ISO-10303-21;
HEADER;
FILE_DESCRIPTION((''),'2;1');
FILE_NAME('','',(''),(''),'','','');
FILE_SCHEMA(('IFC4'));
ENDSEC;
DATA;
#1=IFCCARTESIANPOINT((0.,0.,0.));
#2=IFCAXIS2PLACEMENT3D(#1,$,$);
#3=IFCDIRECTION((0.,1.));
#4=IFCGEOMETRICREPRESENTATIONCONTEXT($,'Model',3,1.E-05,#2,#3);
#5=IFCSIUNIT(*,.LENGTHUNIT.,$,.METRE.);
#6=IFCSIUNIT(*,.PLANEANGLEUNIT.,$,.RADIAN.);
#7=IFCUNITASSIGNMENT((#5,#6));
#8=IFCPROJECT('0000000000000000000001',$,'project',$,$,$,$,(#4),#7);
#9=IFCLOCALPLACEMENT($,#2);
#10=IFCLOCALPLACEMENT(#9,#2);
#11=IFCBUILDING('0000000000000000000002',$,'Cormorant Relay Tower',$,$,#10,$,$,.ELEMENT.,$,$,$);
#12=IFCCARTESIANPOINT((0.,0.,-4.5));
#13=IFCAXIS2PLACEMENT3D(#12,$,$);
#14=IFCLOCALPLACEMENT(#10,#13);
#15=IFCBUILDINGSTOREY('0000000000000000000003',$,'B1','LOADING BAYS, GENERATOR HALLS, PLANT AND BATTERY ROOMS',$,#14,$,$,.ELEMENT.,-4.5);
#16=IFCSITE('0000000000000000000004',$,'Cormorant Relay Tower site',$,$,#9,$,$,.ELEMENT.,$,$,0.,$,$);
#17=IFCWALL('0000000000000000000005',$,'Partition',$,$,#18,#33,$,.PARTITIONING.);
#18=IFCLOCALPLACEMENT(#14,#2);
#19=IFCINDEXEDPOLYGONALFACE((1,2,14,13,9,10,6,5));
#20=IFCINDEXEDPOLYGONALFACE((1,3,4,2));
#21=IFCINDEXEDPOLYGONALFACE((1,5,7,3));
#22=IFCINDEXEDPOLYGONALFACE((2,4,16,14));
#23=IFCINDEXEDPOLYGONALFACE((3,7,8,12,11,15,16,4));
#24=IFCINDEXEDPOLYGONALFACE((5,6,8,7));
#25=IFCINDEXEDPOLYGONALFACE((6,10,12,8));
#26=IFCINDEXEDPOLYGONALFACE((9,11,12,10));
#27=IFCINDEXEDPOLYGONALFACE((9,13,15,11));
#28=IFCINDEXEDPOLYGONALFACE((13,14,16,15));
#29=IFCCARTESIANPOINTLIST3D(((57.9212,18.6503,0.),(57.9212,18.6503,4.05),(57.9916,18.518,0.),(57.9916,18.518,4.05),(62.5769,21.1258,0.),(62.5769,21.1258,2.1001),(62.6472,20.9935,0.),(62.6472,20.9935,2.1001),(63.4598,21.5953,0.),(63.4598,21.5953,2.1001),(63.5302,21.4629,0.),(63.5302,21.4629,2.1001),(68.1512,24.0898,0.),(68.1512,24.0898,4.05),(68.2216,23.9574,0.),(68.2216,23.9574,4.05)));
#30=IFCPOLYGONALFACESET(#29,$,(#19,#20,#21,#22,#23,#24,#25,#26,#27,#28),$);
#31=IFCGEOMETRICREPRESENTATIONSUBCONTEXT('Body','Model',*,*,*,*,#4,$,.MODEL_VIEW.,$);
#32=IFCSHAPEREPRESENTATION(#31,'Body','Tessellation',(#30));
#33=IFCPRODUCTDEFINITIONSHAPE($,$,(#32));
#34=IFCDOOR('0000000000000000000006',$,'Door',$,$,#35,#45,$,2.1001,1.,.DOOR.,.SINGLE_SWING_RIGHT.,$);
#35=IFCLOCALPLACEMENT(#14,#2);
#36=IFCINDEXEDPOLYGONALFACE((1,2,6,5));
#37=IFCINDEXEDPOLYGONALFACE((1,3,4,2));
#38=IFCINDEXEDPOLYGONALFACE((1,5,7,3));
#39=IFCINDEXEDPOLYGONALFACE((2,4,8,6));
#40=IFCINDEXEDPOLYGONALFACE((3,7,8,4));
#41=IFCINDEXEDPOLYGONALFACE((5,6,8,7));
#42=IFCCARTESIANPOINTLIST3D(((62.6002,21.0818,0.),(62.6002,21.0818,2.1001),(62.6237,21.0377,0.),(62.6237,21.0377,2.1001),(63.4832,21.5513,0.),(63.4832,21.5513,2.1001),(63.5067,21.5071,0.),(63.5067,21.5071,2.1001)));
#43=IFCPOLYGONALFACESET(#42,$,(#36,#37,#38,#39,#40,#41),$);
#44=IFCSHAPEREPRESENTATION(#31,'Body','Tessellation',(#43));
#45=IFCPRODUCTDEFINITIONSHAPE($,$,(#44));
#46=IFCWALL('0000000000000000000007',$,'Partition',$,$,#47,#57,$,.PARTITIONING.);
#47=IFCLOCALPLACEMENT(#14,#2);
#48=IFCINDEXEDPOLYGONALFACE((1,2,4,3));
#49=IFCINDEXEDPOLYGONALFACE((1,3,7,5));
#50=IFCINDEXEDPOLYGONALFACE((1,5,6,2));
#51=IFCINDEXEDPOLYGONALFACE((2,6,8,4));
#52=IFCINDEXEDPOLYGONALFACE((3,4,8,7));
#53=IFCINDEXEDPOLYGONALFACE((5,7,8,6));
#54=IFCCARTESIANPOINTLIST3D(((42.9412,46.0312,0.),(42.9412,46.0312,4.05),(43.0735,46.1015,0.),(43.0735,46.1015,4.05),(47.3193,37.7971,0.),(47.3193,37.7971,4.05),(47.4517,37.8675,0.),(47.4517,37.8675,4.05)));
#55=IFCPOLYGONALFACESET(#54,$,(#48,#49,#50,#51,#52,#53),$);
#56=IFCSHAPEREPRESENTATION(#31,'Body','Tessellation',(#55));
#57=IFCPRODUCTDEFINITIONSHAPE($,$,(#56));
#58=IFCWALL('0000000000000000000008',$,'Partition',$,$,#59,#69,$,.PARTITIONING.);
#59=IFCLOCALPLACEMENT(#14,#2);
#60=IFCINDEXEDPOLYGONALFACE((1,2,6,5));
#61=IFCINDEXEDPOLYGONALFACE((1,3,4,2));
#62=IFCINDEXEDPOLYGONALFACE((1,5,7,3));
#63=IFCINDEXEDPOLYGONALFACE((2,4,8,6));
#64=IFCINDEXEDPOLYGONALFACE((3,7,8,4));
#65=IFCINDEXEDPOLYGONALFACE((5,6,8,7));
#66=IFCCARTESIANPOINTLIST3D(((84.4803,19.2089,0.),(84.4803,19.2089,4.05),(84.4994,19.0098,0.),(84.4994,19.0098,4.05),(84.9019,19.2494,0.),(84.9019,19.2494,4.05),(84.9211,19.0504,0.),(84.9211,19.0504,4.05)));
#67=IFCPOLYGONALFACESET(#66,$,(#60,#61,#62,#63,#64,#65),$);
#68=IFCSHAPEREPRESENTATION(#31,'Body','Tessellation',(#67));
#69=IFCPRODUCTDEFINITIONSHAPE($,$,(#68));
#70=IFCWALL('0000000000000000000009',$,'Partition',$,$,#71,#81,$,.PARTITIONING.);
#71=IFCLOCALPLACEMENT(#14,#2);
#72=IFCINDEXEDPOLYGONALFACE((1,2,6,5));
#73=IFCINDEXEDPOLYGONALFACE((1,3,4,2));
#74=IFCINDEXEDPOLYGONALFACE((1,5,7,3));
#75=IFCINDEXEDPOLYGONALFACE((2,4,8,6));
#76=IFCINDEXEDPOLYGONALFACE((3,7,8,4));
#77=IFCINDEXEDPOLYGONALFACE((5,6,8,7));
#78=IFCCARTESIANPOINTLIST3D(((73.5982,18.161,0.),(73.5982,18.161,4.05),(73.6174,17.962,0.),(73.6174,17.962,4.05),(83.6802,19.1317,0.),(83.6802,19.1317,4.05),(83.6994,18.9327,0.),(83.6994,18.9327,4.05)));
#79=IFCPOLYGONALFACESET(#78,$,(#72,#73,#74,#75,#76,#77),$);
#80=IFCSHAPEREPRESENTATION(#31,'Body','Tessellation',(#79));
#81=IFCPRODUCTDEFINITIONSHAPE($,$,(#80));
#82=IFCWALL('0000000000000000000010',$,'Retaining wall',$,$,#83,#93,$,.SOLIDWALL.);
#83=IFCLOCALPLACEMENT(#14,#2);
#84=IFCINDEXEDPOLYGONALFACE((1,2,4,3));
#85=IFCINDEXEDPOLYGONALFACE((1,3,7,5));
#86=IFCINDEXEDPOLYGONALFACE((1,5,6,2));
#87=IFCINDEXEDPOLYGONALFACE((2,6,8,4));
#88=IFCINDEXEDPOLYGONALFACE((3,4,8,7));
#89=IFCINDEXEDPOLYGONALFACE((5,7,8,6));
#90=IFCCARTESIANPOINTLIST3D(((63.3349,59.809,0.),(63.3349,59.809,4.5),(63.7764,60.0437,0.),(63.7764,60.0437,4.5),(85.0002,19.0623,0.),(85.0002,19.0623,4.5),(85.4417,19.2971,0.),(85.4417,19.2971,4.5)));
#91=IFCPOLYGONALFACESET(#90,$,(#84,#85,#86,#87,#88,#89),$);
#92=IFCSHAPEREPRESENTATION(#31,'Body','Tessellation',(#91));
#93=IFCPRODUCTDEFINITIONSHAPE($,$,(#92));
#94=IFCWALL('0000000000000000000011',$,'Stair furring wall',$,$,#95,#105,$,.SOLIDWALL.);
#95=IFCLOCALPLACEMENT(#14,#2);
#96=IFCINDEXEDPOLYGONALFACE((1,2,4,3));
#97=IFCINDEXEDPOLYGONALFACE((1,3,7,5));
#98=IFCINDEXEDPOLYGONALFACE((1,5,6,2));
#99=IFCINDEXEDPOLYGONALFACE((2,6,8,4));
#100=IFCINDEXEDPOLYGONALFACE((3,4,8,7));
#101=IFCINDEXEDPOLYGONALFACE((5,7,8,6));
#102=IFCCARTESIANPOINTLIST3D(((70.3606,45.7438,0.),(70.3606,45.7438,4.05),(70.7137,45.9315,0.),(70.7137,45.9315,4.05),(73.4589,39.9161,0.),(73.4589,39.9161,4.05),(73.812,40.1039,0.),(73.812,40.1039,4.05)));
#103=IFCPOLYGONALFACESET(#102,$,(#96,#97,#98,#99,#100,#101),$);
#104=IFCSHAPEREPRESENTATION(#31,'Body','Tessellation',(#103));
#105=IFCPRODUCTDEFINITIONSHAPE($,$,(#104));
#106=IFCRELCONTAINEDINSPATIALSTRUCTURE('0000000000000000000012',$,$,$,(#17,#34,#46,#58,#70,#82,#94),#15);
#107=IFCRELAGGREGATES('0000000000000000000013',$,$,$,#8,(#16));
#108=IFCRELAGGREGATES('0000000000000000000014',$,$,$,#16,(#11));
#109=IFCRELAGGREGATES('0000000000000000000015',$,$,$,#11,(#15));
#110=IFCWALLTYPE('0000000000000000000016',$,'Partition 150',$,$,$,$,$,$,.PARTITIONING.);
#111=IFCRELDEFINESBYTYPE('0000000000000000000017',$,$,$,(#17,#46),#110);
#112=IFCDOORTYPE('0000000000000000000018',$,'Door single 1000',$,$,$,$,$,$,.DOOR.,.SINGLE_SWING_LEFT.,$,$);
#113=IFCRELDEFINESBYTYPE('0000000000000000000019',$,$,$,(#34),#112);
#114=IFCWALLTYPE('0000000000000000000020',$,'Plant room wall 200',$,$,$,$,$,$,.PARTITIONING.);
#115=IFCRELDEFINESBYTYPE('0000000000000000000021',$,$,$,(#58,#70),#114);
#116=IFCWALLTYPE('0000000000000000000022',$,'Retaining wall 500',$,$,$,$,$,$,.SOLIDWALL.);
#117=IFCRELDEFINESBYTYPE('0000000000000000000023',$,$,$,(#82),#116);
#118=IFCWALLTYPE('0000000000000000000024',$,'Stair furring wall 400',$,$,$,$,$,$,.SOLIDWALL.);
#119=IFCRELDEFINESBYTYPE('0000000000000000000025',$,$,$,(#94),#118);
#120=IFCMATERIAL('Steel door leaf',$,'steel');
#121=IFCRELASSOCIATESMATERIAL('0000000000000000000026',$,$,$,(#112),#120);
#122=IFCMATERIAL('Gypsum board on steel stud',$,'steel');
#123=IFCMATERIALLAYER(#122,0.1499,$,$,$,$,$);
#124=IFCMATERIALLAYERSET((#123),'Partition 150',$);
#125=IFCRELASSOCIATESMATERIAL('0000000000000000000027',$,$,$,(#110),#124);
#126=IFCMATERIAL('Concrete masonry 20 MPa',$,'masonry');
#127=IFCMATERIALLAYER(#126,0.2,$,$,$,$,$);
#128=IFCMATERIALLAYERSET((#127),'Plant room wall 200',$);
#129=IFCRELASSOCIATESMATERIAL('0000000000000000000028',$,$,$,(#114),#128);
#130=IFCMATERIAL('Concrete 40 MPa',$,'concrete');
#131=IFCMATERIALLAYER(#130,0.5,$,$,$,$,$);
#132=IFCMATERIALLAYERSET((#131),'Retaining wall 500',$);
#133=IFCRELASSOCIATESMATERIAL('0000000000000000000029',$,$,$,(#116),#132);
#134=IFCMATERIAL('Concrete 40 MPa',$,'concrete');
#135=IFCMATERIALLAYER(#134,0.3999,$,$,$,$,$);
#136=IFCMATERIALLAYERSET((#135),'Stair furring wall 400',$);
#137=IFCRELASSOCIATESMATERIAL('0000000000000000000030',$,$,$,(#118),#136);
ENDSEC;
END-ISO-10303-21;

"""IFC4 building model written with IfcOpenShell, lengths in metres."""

from ifc_helpers import new_model, si_unit, direction, frame, frame_2d, origin, place, context, subcontext, project, spatial, rectangle, extrude, material, layer, layer_set, type_object, element, fill, save


model = new_model("IFC4")

# Units and contexts
model_context = context("Model", 3, precision=1e-05, world=origin(), true_north=direction((0.0, 1.0)))
body_context = subcontext(model_context, "Body", "Model", "MODEL_VIEW")
ifc_project = project(units=[si_unit("LENGTHUNIT", "METRE"), si_unit("PLANEANGLEUNIT", "RADIAN")], contexts=[model_context])

# Site, building, storey
site_placement = place(None, origin())
site = spatial("IfcSite", under=ifc_project, at=site_placement, Name="Cormorant Relay Tower site", CompositionType="ELEMENT", RefElevation=0.0)
building_placement = place(site_placement, origin())
building = spatial("IfcBuilding", under=site, at=building_placement, Name="Cormorant Relay Tower", CompositionType="ELEMENT")
storey_placement = place(building_placement, frame((0.0, 0.0, -4.5)))
storey = spatial("IfcBuildingStorey", under=building, at=storey_placement, Name="B1", Description="LOADING BAYS, GENERATOR HALLS, PLANT AND BATTERY ROOMS", CompositionType="ELEMENT", Elevation=-4.5)

# Shared definitions
ifc_material_1 = material(Name="Steel door leaf", Category="steel")
door_type_1 = type_object("IfcDoorType", Name="Door single 1000", OperationType="SINGLE_SWING_LEFT", PredefinedType="DOOR", material=ifc_material_1)

# Wall, opening, door
ifc_material_2 = material(Name="Gypsum board on steel stud", Category="steel")
ifc_layer_1 = layer(ifc_material_2, 0.1499)
ifc_layer_set_1 = layer_set([ifc_layer_1], Name="Partition 150")
wall_type_1 = type_object("IfcWallType", Name="Partition 150", PredefinedType="PARTITIONING", material=ifc_layer_set_1)
wall_1_placement = place(storey_placement, frame((57.9565, 18.5842, 0.0), z_axis=(0.0, 0.0, 1.0), x_axis=(0.882945, 0.469477, 0.0)))
wall_1 = element("IfcWall", 1, at=wall_1_placement, inside=storey, type_object=wall_type_1, Name="Partition", PredefinedType="PARTITIONING", context=body_context, shape_type="SweptSolid", body=[
    extrude(rectangle(XDim=11.5862, YDim=0.1499, at=frame_2d((5.793, 0.0))), origin(), (0.0, 0.0, 1.0), 4.05),
])
opening_1_placement = place(wall_1_placement, frame((5.2727, 0.0, 0.0)))
opening_1 = element("IfcOpeningElement", 2, at=opening_1_placement, cuts=wall_1, PredefinedType="OPENING", context=body_context, shape_type="SweptSolid", body=[
    extrude(rectangle(XDim=1.0, YDim=2.1001, at=frame_2d((0.5, 1.05))), frame((0.0, 0.085, 0.0), z_axis=(0.0, -1.0, 0.0), x_axis=(1.0, 0.0, 0.0)), (0.0, 0.0, 1.0), 0.1699),
])
door_1_placement = place(opening_1_placement, frame((1.0, 0.0, 0.0), z_axis=(0.0, 0.0, 1.0), x_axis=(-1.0, 0.0, 0.0)))
door_1 = element("IfcDoor", 3, at=door_1_placement, inside=storey, type_object=door_type_1, Name="Door", OperationType="SINGLE_SWING_RIGHT", OverallHeight=2.1001, OverallWidth=1.0, PredefinedType="DOOR", context=body_context, shape_type="SweptSolid", body=[
    extrude(rectangle(XDim=1.0, YDim=2.1001, at=frame_2d((0.5, 1.05))), frame((0.0, 0.0249, 0.0), z_axis=(0.0, -1.0, 0.0), x_axis=(1.0, 0.0, 0.0)), (0.0, 0.0, 1.0), 0.05),
])
fill(opening_1, door_1)

# Walls
wall_2_placement = place(storey_placement, frame((47.3855, 37.8323, 0.0), z_axis=(0.0, 0.0, 1.0), x_axis=(-0.469472, 0.882947, 0.0)))
element("IfcWall", 4, at=wall_2_placement, inside=storey, type_object=wall_type_1, Name="Partition", PredefinedType="PARTITIONING", context=body_context, shape_type="SweptSolid", body=[
    extrude(rectangle(XDim=9.3257, YDim=0.1499, at=frame_2d((4.6628, 0.0))), origin(), (0.0, 0.0, 1.0), 4.05),
])
ifc_material_3 = material(Name="Concrete masonry 20 MPa", Category="masonry")
ifc_layer_2 = layer(ifc_material_3, 0.2)
ifc_layer_set_2 = layer_set([ifc_layer_2], Name="Plant room wall 200")
wall_type_2 = type_object("IfcWallType", Name="Plant room wall 200", PredefinedType="PARTITIONING", material=ifc_layer_set_2)
wall_3_placement = place(storey_placement, frame((84.9116, 19.1499, 0.0), z_axis=(0.0, 0.0, 1.0), x_axis=(-0.995412, -0.095679, 0.0)))
element("IfcWall", 5, at=wall_3_placement, inside=storey, type_object=wall_type_2, Name="Partition", PredefinedType="PARTITIONING", context=body_context, shape_type="SweptSolid", body=[
    extrude(rectangle(XDim=0.4236, YDim=0.2, at=frame_2d((0.2119, 0.0))), origin(), (0.0, 0.0, 1.0), 4.05),
])
wall_4_placement = place(storey_placement, frame((83.6899, 19.0322, 0.0), z_axis=(0.0, 0.0, 1.0), x_axis=(-0.995397, -0.095837, 0.0)))
element("IfcWall", 6, at=wall_4_placement, inside=storey, type_object=wall_type_2, Name="Partition", PredefinedType="PARTITIONING", context=body_context, shape_type="SweptSolid", body=[
    extrude(rectangle(XDim=10.1287, YDim=0.2, at=frame_2d((5.0645, 0.0))), origin(), (0.0, 0.0, 1.0), 4.05),
])
ifc_material_4 = material(Name="Concrete 40 MPa", Category="concrete")
ifc_layer_3 = layer(ifc_material_4, 0.5)
ifc_layer_set_3 = layer_set([ifc_layer_3], Name="Retaining wall 500")
wall_type_3 = type_object("IfcWallType", Name="Retaining wall 500", PredefinedType="SOLIDWALL", material=ifc_layer_set_3)
wall_5_placement = place(storey_placement, frame((85.2209, 19.1797, 0.0), z_axis=(0.0, 0.0, 1.0), x_axis=(-0.469471, 0.882948, 0.0)))
element("IfcWall", 7, at=wall_5_placement, inside=storey, type_object=wall_type_3, Name="Retaining wall", PredefinedType="SOLIDWALL", context=body_context, shape_type="SweptSolid", body=[
    extrude(rectangle(XDim=46.1484, YDim=0.5, at=frame_2d((23.0742, 0.0))), origin(), (0.0, 0.0, 1.0), 4.5),
])
ifc_material_5 = material(Name="Concrete 40 MPa", Category="concrete")
ifc_layer_4 = layer(ifc_material_5, 0.3999)
ifc_layer_set_4 = layer_set([ifc_layer_4], Name="Stair furring wall 400")
wall_type_4 = type_object("IfcWallType", Name="Stair furring wall 400", PredefinedType="SOLIDWALL", material=ifc_layer_set_4)
wall_6_placement = place(storey_placement, frame((73.6355, 40.01, 0.0), z_axis=(0.0, 0.0, 1.0), x_axis=(-0.469445, 0.882961, 0.0)))
element("IfcWall", 8, at=wall_6_placement, inside=storey, type_object=wall_type_4, Name="Stair furring wall", PredefinedType="SOLIDWALL", context=body_context, shape_type="SweptSolid", body=[
    extrude(rectangle(XDim=6.6001, YDim=0.3999, at=frame_2d((3.3, 0.0))), origin(), (0.0, 0.0, 1.0), 4.05),
])

save(model, "model.ifc")
